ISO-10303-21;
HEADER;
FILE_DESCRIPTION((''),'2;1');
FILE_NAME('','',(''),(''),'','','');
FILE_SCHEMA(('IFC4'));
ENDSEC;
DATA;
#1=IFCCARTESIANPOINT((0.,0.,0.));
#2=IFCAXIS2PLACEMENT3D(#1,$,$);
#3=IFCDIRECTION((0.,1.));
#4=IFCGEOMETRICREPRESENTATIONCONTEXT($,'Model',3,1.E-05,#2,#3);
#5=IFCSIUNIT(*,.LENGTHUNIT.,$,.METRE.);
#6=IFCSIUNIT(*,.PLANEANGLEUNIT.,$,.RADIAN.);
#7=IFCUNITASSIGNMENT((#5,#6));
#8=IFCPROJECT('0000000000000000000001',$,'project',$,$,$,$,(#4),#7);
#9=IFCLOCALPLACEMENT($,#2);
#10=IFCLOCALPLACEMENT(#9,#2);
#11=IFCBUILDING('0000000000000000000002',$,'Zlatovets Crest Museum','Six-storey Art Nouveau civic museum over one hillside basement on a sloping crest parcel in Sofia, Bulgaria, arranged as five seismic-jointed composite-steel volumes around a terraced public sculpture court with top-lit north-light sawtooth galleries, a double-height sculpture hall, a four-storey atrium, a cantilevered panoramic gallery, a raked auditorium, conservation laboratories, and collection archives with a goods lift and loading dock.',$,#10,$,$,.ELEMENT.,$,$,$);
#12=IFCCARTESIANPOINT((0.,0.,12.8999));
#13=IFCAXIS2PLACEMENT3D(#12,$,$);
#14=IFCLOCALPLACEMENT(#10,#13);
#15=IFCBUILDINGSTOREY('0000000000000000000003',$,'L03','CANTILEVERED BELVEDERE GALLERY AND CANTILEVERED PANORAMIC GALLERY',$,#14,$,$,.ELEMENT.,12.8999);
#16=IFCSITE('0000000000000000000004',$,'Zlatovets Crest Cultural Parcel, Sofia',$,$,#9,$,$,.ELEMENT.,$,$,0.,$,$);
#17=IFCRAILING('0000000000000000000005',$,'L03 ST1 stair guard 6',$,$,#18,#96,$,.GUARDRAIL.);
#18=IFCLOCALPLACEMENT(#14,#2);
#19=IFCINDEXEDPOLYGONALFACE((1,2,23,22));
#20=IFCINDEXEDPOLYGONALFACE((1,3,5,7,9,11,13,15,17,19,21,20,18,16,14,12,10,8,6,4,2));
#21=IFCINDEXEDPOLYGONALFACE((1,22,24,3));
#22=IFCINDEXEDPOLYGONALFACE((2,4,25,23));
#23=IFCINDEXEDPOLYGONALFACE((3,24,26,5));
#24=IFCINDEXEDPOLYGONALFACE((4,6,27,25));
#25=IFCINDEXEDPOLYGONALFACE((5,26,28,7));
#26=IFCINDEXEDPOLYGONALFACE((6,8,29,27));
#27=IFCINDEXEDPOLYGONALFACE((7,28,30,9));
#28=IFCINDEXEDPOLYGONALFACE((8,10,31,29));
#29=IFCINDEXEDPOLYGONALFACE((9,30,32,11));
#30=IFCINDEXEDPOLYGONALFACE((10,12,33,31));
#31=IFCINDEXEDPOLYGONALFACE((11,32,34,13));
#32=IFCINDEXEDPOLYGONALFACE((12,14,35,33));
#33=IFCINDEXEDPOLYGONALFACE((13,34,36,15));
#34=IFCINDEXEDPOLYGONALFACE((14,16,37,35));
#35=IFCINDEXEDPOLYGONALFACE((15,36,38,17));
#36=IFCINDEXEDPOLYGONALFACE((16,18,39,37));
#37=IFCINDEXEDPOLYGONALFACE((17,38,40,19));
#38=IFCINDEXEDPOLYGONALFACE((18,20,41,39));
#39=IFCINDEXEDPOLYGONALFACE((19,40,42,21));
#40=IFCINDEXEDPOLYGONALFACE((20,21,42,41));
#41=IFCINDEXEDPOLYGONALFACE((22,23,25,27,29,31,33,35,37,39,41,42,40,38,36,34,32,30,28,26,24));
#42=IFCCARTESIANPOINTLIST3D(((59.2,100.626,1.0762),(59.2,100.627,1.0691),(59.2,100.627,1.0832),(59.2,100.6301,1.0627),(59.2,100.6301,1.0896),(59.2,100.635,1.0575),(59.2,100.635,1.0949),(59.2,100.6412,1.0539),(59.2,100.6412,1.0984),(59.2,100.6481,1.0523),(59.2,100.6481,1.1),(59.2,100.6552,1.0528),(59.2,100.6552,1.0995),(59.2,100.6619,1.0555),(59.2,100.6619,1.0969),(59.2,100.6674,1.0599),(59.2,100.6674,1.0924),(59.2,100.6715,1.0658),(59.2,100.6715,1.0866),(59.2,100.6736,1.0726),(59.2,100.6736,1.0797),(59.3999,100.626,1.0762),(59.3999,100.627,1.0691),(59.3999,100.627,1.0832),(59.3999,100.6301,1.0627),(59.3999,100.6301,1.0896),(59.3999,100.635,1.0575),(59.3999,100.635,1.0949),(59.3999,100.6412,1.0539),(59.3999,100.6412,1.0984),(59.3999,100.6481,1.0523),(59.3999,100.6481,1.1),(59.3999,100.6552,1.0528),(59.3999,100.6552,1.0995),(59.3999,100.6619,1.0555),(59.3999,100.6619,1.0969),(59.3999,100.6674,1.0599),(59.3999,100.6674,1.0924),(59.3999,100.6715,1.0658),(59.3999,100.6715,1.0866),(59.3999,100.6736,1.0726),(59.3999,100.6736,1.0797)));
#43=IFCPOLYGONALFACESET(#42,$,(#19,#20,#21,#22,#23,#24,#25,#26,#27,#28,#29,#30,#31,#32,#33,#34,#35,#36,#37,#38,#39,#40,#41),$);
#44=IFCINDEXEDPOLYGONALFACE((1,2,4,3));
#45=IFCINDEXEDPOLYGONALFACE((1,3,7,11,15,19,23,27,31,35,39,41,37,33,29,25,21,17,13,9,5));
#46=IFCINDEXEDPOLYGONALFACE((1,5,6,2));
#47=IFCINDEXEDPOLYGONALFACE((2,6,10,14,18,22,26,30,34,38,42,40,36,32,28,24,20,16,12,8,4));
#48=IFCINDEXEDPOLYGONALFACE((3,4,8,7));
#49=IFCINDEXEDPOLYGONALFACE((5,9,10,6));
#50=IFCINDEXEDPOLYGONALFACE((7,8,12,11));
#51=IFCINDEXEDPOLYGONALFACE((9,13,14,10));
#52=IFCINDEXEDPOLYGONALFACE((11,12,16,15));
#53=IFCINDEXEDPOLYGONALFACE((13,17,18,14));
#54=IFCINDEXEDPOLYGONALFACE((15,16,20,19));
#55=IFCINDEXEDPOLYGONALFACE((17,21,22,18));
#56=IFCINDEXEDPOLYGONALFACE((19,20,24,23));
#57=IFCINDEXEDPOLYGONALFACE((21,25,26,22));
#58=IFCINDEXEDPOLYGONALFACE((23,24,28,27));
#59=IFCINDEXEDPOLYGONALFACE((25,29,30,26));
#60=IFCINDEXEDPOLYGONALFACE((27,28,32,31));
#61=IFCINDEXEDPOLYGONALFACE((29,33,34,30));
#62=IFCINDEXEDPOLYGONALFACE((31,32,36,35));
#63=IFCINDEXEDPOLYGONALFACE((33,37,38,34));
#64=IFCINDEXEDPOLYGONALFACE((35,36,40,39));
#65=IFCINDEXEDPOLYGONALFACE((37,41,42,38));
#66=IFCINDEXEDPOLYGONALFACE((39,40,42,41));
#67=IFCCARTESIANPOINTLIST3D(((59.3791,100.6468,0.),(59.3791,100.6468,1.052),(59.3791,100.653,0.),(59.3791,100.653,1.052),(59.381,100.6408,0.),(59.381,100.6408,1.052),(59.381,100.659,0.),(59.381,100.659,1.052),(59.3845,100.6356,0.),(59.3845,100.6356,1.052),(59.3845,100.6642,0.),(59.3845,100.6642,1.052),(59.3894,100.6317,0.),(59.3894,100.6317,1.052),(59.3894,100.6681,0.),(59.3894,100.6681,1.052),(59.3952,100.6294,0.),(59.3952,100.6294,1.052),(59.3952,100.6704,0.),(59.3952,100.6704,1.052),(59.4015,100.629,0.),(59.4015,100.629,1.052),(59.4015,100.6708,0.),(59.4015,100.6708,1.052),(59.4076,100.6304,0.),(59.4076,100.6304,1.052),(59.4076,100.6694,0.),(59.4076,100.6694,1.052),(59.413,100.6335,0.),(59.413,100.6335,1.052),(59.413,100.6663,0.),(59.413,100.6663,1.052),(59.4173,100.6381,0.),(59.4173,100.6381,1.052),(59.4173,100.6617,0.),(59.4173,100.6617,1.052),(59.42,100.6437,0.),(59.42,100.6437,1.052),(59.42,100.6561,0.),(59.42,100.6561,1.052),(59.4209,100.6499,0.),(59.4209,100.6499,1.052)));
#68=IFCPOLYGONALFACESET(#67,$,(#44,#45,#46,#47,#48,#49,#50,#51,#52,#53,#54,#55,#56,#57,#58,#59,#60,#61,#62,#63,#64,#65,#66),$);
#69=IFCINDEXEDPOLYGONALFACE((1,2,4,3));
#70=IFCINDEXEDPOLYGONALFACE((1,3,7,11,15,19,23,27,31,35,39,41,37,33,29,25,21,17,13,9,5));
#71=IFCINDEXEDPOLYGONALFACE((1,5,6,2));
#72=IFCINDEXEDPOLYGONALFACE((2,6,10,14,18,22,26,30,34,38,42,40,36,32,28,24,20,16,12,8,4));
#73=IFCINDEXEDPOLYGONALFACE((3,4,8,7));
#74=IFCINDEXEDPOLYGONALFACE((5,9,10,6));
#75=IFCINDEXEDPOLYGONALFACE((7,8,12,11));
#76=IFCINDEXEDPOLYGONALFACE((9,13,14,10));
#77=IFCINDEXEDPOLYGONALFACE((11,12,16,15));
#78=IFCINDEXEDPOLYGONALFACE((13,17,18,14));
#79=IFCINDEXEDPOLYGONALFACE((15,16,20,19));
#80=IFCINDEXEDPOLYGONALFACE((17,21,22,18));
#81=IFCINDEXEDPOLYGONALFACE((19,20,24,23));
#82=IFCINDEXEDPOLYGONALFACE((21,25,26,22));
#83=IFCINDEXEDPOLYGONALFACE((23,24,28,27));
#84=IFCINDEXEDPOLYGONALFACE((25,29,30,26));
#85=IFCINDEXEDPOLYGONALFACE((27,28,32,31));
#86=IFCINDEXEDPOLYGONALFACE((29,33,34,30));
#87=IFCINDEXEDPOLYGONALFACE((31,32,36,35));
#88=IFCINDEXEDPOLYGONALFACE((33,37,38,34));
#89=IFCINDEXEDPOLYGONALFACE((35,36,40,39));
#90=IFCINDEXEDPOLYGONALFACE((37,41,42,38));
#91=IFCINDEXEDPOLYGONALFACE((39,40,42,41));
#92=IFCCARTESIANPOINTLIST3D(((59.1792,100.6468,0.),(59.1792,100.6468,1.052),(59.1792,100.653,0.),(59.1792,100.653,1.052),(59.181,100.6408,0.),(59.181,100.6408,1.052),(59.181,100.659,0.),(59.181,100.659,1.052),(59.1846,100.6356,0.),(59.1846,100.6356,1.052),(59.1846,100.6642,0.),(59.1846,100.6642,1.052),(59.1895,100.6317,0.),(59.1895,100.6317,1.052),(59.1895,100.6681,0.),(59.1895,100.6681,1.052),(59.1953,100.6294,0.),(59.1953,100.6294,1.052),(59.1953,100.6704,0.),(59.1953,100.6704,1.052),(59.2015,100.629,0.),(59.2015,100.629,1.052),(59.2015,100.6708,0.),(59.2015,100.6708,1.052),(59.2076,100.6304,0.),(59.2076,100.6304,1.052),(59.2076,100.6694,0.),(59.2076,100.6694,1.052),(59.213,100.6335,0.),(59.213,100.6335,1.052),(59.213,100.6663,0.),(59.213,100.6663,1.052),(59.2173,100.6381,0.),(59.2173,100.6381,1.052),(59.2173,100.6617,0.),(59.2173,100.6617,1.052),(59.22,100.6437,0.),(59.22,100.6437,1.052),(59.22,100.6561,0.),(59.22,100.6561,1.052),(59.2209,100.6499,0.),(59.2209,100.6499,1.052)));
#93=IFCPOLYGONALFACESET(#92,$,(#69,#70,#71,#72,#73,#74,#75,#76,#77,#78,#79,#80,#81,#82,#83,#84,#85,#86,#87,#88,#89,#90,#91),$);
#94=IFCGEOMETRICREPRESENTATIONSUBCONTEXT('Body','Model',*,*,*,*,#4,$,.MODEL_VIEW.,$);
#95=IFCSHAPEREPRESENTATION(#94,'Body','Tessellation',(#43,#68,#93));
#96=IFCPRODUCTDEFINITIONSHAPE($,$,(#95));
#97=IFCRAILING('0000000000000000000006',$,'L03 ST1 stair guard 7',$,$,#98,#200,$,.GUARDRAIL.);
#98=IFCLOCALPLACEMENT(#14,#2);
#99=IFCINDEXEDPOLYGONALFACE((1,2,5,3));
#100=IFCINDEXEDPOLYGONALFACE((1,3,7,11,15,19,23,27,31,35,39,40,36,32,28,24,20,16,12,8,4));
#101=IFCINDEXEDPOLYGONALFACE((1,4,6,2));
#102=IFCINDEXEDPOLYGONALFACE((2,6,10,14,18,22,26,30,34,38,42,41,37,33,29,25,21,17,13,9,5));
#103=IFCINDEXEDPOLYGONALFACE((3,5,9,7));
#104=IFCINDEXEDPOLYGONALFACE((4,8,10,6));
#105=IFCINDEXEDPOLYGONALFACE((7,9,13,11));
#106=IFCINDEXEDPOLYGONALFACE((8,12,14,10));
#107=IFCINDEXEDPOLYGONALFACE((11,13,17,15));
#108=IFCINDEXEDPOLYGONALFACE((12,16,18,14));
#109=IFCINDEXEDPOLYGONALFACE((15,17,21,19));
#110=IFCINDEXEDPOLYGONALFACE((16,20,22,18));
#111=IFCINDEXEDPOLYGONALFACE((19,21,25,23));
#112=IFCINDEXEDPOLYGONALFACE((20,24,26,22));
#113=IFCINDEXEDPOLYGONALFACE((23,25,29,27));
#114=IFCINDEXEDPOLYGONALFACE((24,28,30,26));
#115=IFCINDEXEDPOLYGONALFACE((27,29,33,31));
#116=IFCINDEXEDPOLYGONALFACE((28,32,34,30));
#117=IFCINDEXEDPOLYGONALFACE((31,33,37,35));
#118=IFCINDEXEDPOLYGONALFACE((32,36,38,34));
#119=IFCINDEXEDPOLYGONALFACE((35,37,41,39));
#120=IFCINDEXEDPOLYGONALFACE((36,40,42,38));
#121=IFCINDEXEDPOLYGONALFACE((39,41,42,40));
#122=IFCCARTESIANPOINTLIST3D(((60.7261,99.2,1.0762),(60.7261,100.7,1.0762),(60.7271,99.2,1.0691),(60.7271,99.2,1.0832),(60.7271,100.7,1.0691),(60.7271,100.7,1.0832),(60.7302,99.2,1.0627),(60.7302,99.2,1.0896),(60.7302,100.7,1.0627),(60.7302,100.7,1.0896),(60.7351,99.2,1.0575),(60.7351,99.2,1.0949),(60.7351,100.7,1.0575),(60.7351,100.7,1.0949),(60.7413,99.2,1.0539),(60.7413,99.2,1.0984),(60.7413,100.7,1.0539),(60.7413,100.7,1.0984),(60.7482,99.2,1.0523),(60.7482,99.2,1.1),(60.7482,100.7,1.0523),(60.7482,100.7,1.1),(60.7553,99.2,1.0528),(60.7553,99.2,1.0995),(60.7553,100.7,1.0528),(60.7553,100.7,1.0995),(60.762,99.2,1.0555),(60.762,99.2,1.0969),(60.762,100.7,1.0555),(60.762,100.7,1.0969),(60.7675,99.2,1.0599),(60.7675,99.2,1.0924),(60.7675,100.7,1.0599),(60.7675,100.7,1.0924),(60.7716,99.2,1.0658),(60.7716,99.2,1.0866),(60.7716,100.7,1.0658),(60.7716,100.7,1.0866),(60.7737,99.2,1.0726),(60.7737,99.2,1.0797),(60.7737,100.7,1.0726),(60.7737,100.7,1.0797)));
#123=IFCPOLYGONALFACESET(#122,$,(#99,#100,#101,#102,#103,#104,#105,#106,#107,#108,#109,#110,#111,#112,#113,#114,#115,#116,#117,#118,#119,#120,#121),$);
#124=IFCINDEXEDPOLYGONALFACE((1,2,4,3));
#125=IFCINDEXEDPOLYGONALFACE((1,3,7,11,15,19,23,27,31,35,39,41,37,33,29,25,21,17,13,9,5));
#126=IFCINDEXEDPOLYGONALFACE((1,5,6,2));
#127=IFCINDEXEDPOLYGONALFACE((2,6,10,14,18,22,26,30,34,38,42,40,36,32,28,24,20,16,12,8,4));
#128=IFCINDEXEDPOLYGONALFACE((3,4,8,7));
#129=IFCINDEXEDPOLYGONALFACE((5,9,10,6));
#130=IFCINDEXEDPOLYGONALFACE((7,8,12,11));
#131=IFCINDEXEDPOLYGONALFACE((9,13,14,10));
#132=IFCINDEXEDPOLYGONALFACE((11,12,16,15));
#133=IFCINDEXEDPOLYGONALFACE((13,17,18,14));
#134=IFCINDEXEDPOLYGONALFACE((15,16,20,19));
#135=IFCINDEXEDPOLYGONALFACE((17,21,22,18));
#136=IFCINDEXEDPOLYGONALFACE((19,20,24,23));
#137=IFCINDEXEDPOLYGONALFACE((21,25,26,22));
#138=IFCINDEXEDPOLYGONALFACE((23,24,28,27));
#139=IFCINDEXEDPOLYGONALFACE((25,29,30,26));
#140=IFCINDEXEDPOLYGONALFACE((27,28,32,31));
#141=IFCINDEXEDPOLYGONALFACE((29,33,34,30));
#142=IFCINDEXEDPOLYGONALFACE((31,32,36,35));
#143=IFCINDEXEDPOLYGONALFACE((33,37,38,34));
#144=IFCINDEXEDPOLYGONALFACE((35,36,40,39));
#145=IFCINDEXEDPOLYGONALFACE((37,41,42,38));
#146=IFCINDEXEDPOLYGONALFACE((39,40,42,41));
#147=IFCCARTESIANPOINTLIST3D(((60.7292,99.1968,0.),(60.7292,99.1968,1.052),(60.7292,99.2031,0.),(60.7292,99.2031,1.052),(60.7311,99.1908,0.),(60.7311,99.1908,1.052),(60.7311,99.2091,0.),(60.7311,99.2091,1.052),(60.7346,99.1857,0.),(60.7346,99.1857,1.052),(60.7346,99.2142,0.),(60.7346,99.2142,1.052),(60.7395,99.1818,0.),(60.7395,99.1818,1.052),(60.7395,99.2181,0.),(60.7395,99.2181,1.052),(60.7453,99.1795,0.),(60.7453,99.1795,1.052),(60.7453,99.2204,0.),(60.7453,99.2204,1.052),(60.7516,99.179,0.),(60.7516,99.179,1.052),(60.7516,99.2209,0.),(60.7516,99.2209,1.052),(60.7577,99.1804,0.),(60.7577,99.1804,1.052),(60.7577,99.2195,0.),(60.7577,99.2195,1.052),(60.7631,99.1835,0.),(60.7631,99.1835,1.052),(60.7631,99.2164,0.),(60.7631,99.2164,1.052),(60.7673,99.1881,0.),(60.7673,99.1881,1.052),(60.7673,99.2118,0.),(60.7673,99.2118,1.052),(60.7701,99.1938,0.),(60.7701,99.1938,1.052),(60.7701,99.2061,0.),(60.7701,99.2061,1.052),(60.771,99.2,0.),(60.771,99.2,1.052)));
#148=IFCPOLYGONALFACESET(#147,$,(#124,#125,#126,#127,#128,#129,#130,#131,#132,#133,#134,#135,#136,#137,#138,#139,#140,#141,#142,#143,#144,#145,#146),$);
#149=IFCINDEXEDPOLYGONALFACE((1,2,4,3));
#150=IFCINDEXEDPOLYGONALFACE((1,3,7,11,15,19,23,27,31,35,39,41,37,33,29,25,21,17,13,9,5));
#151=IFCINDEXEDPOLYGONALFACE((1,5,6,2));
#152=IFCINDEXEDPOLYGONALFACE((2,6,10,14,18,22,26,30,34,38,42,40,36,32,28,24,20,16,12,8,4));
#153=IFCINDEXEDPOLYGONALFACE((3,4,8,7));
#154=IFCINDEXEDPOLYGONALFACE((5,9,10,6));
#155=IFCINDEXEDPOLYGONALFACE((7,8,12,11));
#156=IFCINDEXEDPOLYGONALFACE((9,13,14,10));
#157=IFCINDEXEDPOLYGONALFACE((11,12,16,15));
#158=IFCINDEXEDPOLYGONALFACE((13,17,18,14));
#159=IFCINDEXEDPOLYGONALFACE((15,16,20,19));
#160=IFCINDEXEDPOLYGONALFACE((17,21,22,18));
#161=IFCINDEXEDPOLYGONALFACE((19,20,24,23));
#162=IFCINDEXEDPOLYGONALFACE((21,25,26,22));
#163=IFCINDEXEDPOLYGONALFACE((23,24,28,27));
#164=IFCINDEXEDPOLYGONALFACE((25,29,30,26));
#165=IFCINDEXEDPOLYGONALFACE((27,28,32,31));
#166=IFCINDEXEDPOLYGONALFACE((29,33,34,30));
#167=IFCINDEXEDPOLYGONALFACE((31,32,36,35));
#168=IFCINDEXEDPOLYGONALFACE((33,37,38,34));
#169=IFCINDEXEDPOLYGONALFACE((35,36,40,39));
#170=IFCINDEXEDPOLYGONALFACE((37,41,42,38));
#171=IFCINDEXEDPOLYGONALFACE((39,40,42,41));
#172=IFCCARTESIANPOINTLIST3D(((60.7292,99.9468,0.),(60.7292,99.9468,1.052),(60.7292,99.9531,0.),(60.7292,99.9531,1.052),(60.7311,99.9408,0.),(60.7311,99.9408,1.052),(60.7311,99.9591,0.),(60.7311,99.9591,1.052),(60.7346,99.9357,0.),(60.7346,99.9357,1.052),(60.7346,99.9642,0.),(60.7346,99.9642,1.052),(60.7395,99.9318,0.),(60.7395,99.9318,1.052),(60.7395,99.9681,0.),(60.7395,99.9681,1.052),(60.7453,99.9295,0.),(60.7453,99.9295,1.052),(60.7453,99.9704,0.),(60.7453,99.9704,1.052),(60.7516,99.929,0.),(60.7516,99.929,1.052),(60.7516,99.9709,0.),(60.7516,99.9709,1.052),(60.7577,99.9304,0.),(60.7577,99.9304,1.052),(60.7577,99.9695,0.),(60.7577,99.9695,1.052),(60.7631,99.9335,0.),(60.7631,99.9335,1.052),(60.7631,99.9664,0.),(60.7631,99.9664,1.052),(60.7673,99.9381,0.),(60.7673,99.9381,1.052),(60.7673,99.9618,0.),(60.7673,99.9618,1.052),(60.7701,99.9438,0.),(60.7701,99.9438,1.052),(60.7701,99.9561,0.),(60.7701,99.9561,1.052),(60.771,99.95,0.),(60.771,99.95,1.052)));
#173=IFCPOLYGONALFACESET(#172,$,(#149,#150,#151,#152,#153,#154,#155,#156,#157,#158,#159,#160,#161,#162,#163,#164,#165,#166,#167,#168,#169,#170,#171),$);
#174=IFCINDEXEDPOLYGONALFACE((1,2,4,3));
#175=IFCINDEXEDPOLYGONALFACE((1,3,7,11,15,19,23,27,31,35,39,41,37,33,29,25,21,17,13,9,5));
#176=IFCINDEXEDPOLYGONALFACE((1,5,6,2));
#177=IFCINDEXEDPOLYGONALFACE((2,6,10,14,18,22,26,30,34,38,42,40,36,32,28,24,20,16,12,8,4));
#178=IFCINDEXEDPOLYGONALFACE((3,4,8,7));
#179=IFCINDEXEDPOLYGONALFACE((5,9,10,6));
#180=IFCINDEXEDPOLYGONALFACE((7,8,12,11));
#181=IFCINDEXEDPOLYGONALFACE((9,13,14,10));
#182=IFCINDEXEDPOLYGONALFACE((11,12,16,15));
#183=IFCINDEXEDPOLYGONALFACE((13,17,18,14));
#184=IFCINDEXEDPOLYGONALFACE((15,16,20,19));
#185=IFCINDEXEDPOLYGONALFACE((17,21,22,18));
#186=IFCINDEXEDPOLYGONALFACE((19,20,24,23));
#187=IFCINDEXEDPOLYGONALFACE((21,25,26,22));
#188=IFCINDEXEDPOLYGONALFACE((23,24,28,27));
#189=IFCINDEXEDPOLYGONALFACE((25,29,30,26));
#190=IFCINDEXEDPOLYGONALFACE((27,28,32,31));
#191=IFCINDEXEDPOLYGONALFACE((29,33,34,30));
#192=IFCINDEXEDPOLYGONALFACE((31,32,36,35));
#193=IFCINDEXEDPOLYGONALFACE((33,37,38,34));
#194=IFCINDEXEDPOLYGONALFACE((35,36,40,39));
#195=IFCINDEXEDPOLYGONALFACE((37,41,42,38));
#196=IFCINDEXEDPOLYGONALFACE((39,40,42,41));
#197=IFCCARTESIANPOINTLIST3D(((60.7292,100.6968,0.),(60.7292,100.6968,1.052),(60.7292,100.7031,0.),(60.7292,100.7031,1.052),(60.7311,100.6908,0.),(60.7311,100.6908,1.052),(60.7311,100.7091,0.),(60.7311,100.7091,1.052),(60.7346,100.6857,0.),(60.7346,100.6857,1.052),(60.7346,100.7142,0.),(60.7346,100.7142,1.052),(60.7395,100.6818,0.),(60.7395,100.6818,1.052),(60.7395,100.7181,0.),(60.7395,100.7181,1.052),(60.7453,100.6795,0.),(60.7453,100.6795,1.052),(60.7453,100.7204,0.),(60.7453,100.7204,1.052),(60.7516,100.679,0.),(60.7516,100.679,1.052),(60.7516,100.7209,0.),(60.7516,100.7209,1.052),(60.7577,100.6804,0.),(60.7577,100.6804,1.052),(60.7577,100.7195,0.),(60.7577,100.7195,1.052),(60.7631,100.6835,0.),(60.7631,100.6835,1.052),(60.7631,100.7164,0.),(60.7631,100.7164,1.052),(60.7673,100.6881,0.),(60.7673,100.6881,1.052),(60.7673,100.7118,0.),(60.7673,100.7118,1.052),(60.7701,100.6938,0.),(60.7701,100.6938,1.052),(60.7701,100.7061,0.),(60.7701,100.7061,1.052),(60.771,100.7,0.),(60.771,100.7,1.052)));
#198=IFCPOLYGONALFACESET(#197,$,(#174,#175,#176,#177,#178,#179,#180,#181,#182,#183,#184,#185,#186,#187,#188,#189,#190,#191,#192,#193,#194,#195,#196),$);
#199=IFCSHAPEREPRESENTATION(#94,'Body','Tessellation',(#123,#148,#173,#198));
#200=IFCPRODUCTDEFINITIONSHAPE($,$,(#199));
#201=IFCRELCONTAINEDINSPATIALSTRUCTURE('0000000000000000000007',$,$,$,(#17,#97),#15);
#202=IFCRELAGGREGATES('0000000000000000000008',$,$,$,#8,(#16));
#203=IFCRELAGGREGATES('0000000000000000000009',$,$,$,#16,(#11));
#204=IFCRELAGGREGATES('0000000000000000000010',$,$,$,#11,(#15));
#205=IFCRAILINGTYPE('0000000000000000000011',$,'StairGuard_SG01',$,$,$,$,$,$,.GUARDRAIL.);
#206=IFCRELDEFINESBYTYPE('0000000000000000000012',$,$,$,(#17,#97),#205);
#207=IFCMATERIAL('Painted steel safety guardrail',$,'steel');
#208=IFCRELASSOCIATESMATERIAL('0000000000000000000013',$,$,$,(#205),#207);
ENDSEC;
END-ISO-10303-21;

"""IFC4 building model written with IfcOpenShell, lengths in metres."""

from ifc_helpers import new_model, si_unit, direction, frame, origin, origin_2d, place, context, subcontext, project, spatial, circle, extrude, material, type_object, element, save


model = new_model("IFC4")

# Units and contexts
model_context = context("Model", 3, precision=1e-05, world=origin(), true_north=direction((0.0, 1.0)))
body_context = subcontext(model_context, "Body", "Model", "MODEL_VIEW")
ifc_project = project(units=[si_unit("LENGTHUNIT", "METRE"), si_unit("PLANEANGLEUNIT", "RADIAN")], contexts=[model_context])

# Site, building, storey
site_placement = place(None, origin())
site = spatial("IfcSite", under=ifc_project, at=site_placement, Name="Zlatovets Crest Cultural Parcel, Sofia", CompositionType="ELEMENT", RefElevation=0.0)
building_placement = place(site_placement, origin())
building = spatial("IfcBuilding", under=site, at=building_placement, Name="Zlatovets Crest Museum", Description="Six-storey Art Nouveau civic museum over one hillside basement on a sloping crest parcel in Sofia, Bulgaria, arranged as five seismic-jointed composite-steel volumes around a terraced public sculpture court with top-lit north-light sawtooth galleries, a double-height sculpture hall, a four-storey atrium, a cantilevered panoramic gallery, a raked auditorium, conservation laboratories, and collection archives with a goods lift and loading dock.", CompositionType="ELEMENT")
storey_placement = place(building_placement, frame((0.0, 0.0, 12.8999)))
storey = spatial("IfcBuildingStorey", under=building, at=storey_placement, Name="L03", Description="CANTILEVERED BELVEDERE GALLERY AND CANTILEVERED PANORAMIC GALLERY", CompositionType="ELEMENT", Elevation=12.8999)

# Railings
ifc_material_1 = material(Name="Painted steel safety guardrail", Category="steel")
railing_type_1 = type_object("IfcRailingType", Name="StairGuard_SG01", PredefinedType="GUARDRAIL", material=ifc_material_1)
railing_1_placement = place(storey_placement, frame((59.3999, 100.6499, 0.0)))
element("IfcRailing", 1, at=railing_1_placement, inside=storey, type_object=railing_type_1, Name="L03 ST1 stair guard 6", PredefinedType="GUARDRAIL", context=body_context, shape_type="SweptSolid", body=[
    extrude(circle(Radius=0.0239, at=origin_2d()), frame((0.0, 0.0, 1.0762), z_axis=(-1.0, 0.0, 0.0), x_axis=(0.0, -1.0, 0.0)), (0.0, 0.0, 1.0), 0.2),
    extrude(circle(Radius=0.021, at=origin_2d()), origin(), (0.0, 0.0, 1.0), 1.052),
    extrude(circle(Radius=0.021, at=origin_2d()), frame((-0.2, 0.0, 0.0)), (0.0, 0.0, 1.0), 1.052),
])
for number, where, name in (
    (2, (60.75, 99.2, 0.0), "L03 ST1 stair guard 7"),
):
    element("IfcRailing", number, at=place(storey_placement, frame(where)), inside=storey, type_object=railing_type_1, Name=name, PredefinedType="GUARDRAIL", context=body_context, shape_type="SweptSolid", body=[
        extrude(circle(Radius=0.0239, at=origin_2d()), frame((0.0, 0.0, 1.0762), z_axis=(0.0, 1.0, 0.0), x_axis=(-1.0, 0.0, 0.0)), (0.0, 0.0, 1.0), 1.5),
        extrude(circle(Radius=0.021, at=origin_2d()), origin(), (0.0, 0.0, 1.0), 1.052),
        extrude(circle(Radius=0.021, at=origin_2d()), frame((0.0, 0.75, 0.0)), (0.0, 0.0, 1.0), 1.052),
        extrude(circle(Radius=0.021, at=origin_2d()), frame((0.0, 1.5, 0.0)), (0.0, 0.0, 1.0), 1.052),
    ])

save(model, "model.ifc")
